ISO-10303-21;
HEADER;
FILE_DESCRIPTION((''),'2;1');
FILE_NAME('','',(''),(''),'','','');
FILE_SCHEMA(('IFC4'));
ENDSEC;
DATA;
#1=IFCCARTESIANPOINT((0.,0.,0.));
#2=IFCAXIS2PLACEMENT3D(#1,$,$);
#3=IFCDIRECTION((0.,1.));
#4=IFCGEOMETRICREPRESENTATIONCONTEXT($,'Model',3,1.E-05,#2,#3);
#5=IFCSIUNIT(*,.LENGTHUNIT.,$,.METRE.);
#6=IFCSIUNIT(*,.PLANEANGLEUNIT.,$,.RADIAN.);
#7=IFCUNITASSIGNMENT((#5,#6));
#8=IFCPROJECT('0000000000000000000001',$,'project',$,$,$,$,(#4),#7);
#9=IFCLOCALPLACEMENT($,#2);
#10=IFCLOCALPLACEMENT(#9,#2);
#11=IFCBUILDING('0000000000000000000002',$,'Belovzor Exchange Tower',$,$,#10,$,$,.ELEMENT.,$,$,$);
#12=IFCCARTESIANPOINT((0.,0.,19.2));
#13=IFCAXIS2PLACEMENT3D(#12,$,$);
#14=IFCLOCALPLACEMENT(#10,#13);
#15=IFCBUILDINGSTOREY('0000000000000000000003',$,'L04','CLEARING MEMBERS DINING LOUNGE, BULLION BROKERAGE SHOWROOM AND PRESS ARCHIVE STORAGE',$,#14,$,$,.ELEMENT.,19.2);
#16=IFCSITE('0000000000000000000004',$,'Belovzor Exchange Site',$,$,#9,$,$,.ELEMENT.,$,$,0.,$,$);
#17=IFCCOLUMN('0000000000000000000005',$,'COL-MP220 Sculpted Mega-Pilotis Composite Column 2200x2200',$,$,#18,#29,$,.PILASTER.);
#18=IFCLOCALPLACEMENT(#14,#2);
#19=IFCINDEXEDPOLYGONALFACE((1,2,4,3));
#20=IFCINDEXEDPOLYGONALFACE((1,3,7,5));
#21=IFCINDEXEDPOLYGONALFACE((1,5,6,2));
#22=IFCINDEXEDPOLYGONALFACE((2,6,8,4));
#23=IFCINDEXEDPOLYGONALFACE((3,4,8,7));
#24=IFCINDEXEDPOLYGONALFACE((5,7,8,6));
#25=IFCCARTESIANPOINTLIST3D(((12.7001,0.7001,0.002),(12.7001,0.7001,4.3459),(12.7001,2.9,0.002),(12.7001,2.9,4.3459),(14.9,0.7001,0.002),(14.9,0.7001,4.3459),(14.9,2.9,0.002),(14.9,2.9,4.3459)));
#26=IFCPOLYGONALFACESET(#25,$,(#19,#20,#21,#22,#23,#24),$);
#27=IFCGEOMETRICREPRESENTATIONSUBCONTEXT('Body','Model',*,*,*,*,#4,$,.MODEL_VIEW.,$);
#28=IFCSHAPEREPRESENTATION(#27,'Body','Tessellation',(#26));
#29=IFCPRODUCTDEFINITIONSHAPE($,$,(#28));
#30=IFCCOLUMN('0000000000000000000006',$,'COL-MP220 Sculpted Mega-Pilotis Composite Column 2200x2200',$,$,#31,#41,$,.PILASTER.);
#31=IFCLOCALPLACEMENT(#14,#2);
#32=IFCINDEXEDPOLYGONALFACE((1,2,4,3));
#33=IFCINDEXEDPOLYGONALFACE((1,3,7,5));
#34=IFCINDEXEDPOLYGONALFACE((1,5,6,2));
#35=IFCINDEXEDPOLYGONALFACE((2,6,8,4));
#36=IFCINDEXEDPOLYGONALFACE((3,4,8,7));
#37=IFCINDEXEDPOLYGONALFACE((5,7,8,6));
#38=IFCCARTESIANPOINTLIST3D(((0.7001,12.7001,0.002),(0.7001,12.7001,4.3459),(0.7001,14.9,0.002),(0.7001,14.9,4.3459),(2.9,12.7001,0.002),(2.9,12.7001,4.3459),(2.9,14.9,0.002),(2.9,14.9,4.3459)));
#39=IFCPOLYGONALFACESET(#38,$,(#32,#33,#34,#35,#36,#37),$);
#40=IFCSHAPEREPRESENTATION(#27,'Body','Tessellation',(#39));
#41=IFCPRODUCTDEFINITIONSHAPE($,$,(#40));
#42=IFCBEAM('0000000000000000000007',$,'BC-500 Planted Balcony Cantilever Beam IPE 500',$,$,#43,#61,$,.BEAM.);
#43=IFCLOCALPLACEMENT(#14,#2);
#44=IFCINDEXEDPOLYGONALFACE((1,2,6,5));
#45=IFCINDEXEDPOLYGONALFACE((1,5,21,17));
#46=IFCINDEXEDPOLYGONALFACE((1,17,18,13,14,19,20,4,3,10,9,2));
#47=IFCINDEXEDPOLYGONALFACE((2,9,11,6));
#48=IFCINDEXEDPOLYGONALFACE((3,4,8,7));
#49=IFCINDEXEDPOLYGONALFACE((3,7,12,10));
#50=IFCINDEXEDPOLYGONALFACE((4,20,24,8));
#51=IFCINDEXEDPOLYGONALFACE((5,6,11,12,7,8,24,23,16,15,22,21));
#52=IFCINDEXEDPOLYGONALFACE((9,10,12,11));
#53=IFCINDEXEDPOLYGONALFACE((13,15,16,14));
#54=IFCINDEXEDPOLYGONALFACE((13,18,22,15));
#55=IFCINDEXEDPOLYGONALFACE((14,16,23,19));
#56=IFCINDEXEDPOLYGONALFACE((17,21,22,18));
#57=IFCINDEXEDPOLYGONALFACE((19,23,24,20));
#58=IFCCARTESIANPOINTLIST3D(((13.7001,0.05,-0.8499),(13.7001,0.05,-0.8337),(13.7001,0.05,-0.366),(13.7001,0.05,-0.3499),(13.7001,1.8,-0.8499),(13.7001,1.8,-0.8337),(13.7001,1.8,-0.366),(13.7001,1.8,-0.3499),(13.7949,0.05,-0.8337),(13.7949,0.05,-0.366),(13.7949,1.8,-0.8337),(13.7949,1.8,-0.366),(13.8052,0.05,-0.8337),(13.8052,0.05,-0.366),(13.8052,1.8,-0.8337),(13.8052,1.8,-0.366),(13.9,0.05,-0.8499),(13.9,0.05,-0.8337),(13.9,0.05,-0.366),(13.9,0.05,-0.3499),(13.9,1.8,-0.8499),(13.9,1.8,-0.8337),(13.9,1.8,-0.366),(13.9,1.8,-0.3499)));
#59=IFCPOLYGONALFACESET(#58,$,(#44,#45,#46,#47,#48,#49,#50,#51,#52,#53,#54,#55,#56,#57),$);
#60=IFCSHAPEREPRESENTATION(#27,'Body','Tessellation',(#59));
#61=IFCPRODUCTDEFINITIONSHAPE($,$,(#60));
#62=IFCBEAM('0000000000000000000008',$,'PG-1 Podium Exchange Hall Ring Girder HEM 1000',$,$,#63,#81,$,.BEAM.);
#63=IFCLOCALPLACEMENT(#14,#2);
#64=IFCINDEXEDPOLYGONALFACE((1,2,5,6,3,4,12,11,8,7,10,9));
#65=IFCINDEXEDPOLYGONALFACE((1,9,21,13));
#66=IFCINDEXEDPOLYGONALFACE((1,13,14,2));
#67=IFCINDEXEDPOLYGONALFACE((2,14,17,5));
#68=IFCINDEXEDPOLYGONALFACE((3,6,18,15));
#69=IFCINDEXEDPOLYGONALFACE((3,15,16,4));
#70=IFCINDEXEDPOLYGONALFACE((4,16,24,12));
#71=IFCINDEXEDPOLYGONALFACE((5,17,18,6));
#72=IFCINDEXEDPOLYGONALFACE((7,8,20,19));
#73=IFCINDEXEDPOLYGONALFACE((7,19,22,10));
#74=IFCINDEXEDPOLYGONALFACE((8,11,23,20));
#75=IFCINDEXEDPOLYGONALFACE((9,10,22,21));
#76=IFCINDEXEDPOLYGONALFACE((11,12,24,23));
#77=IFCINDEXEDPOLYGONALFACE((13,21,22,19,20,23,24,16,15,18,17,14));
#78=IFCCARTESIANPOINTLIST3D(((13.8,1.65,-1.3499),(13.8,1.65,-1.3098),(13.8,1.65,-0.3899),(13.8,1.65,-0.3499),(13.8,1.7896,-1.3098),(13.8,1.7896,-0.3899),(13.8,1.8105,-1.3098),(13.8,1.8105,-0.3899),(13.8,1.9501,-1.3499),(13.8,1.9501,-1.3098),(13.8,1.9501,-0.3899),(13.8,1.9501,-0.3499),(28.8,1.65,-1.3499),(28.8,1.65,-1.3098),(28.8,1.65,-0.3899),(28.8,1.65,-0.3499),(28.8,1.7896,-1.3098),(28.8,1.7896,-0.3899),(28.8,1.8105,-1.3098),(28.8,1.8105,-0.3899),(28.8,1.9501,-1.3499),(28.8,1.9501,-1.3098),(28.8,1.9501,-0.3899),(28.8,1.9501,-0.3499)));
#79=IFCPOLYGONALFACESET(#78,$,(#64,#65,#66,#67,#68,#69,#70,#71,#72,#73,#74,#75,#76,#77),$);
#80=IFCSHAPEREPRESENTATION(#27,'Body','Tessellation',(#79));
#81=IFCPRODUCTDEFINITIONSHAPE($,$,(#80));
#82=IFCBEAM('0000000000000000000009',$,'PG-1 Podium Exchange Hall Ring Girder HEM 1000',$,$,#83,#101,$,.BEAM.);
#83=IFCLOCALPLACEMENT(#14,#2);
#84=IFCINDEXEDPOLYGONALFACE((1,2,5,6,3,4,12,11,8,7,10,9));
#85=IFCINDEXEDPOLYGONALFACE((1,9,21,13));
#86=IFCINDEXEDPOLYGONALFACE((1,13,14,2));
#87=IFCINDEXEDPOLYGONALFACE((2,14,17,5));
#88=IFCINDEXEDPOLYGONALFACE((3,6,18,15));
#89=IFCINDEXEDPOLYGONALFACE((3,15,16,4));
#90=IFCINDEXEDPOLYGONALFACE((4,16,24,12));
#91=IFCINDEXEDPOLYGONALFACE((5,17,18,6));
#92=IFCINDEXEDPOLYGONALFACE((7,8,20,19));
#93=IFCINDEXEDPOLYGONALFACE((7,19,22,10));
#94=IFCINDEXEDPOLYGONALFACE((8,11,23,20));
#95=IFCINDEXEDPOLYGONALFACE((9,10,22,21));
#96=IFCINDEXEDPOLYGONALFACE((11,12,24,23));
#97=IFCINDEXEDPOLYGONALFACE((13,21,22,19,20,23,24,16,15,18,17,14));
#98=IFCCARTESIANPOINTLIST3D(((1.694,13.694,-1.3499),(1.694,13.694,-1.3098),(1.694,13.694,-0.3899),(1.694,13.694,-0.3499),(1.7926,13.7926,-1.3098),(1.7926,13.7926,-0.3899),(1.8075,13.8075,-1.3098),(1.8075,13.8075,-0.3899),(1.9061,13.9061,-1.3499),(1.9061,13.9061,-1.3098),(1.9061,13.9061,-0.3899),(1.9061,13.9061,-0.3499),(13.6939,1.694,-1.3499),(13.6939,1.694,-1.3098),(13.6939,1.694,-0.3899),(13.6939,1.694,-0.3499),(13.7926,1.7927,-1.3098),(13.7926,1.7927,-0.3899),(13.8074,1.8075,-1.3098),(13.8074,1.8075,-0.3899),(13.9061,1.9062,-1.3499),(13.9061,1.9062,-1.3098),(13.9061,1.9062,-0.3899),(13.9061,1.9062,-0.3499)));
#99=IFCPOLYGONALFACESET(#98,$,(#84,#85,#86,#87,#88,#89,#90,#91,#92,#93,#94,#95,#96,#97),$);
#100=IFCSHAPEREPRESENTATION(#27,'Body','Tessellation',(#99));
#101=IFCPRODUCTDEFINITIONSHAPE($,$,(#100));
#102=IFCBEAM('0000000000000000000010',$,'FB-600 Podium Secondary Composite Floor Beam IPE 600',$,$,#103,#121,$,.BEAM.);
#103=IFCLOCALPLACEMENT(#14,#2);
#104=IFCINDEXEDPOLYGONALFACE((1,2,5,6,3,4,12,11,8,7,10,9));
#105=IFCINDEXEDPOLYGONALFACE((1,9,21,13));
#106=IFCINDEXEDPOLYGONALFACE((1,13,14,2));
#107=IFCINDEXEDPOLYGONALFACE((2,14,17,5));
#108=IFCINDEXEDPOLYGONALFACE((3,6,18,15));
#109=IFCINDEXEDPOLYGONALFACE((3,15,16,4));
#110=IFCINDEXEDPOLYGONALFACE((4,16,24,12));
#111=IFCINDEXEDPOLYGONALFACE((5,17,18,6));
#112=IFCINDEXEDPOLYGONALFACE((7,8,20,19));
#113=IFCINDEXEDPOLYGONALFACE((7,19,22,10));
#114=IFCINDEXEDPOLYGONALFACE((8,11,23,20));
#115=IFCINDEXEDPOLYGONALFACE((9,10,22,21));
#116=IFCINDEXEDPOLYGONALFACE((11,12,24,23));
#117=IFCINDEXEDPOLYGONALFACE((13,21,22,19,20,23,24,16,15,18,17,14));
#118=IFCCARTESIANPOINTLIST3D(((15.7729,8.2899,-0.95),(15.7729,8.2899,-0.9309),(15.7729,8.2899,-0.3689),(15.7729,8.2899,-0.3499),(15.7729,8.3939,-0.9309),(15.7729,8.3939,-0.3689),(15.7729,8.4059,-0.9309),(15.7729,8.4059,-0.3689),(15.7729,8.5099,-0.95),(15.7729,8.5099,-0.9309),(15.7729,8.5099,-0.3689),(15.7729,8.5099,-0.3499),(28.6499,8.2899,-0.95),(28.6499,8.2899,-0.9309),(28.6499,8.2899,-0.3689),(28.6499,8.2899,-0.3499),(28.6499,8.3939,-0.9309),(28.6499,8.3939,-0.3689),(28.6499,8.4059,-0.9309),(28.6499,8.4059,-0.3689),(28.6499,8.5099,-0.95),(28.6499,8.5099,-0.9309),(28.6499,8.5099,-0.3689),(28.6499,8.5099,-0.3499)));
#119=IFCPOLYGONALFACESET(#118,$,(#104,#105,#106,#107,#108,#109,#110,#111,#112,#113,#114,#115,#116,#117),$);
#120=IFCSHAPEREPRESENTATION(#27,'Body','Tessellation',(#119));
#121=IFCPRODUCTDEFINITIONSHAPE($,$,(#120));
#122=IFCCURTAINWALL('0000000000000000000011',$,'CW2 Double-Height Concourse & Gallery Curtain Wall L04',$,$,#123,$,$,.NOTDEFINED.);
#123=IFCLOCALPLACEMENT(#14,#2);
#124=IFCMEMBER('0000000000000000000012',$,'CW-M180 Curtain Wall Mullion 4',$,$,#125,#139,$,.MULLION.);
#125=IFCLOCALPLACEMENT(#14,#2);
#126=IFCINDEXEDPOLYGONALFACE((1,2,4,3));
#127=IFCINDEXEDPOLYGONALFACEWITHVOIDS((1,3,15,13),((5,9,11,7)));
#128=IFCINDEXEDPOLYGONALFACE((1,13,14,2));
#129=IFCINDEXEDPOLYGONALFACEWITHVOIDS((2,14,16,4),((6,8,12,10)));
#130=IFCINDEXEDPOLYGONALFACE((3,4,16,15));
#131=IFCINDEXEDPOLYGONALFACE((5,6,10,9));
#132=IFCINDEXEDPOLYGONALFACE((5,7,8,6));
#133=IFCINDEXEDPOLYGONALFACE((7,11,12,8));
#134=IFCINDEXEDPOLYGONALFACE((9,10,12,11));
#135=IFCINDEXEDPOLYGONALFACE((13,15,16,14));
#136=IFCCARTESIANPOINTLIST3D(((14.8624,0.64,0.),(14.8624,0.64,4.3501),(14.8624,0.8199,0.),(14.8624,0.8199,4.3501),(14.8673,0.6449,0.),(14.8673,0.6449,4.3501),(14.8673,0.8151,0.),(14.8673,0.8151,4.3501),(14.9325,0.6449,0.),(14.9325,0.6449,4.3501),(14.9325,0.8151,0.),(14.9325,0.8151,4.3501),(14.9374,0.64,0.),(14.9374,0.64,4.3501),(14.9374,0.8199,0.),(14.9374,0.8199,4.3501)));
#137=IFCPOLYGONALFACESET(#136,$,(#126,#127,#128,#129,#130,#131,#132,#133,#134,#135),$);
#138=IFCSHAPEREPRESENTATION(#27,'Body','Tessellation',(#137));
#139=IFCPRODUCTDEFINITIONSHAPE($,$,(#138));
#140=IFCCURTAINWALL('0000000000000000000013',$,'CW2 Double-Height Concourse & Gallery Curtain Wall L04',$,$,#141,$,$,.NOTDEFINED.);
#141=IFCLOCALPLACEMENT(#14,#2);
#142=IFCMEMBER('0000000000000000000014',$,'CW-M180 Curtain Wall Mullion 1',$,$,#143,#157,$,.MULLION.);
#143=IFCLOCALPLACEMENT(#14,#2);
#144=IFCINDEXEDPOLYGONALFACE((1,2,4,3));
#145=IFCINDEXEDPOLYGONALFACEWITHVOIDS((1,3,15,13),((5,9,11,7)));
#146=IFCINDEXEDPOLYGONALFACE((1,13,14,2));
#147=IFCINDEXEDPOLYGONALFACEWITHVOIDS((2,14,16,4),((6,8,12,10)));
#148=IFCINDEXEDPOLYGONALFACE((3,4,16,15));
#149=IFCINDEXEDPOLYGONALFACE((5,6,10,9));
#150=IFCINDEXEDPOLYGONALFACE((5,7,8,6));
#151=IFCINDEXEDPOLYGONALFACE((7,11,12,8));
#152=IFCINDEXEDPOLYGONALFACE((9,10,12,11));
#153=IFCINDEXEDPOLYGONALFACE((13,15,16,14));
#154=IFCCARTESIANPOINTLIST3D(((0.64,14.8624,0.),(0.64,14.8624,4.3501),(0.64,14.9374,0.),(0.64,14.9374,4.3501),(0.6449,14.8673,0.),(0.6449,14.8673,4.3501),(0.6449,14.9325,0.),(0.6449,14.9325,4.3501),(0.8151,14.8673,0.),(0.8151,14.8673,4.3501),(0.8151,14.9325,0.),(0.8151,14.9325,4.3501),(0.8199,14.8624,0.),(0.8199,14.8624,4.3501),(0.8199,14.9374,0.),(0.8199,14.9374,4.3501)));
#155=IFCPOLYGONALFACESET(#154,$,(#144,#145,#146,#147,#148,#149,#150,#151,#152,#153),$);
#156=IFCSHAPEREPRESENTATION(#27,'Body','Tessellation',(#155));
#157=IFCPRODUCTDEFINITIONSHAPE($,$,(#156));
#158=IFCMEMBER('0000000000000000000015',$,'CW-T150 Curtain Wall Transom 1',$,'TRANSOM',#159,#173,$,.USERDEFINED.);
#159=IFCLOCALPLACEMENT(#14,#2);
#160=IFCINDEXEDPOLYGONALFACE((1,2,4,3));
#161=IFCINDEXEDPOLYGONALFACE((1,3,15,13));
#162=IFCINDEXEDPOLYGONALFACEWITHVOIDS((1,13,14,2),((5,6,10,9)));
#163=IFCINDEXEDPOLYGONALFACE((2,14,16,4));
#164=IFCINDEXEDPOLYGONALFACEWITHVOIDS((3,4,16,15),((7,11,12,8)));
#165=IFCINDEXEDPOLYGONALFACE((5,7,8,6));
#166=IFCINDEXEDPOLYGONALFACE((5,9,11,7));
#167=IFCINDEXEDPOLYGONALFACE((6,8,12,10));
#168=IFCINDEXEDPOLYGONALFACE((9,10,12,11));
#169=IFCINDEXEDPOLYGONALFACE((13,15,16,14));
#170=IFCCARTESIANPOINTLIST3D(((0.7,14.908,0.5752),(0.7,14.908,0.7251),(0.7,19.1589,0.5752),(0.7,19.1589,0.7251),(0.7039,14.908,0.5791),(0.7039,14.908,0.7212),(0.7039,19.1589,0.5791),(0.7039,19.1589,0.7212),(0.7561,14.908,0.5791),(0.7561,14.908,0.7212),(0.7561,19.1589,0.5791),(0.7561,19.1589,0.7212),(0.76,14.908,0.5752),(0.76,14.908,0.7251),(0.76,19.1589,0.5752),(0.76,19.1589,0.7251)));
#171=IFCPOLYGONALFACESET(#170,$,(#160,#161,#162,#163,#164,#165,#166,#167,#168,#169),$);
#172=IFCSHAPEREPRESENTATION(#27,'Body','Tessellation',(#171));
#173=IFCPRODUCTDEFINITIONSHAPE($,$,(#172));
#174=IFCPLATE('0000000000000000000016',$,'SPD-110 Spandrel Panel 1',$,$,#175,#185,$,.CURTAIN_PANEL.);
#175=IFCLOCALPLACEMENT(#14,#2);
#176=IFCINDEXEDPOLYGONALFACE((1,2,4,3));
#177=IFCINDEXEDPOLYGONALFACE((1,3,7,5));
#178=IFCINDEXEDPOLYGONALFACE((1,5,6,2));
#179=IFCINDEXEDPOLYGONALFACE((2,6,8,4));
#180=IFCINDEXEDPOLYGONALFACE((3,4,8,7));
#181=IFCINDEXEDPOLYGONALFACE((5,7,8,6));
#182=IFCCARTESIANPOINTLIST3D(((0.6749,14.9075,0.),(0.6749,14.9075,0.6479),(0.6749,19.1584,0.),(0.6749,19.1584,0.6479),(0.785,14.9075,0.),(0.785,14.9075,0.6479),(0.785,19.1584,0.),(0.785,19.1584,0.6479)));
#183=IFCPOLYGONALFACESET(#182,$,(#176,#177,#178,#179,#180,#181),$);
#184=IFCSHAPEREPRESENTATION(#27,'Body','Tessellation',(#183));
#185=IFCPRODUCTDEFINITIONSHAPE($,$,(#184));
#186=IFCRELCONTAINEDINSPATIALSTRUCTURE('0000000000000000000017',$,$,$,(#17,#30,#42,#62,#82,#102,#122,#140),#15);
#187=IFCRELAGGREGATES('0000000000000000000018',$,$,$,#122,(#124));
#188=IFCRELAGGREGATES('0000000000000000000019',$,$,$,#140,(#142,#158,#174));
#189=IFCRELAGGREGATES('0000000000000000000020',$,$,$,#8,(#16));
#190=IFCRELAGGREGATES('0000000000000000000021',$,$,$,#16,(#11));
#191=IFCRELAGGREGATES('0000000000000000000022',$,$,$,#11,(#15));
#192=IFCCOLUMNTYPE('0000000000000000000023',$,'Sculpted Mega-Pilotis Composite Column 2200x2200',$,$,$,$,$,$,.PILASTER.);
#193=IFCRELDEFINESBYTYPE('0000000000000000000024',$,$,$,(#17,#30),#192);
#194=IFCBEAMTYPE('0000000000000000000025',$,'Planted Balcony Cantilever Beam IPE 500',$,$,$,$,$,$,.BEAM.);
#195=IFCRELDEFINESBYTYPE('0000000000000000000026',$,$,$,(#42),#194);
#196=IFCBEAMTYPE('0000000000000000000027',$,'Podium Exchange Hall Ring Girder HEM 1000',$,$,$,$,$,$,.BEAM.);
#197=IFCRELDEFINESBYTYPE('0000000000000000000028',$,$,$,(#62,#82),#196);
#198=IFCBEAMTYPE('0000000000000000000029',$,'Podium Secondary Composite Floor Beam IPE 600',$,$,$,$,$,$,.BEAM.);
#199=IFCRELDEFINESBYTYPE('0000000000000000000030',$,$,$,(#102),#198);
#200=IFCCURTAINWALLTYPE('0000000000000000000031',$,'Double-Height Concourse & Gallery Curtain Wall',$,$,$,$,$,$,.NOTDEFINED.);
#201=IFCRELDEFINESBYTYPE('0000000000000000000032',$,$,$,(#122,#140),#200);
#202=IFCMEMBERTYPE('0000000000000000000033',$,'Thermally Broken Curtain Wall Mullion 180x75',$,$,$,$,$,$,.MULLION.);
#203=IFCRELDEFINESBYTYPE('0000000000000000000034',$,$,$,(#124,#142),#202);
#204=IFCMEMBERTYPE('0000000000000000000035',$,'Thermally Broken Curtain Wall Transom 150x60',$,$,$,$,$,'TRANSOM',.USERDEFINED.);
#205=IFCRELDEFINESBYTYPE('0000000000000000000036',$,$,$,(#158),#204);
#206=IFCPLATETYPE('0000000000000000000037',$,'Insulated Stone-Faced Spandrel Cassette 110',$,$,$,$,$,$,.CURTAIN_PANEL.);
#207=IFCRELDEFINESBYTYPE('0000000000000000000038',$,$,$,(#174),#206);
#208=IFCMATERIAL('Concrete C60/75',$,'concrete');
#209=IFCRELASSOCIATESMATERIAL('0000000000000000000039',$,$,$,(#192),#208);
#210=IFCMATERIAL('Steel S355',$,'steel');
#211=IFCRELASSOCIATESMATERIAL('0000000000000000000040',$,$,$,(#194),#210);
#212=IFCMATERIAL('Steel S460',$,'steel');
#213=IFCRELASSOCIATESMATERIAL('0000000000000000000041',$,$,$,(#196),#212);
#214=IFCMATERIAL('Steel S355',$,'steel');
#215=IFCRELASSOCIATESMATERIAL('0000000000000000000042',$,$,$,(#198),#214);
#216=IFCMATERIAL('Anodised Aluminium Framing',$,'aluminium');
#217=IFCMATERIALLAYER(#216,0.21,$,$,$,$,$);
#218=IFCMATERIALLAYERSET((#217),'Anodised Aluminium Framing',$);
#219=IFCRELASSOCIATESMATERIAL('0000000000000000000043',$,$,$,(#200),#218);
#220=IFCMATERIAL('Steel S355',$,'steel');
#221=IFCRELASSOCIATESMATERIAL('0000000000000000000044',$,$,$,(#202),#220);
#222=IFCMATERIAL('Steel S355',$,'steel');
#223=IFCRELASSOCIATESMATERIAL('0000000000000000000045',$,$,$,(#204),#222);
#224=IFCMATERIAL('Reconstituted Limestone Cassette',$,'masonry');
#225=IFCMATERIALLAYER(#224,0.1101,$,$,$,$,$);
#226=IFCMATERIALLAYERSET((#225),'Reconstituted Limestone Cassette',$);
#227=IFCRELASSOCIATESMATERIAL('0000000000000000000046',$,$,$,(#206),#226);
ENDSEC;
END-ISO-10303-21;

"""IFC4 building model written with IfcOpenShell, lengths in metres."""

from ifc_helpers import new_model, si_unit, direction, frame, origin, origin_2d, place, context, subcontext, project, spatial, rectangle, hollow_rectangle, i_section, extrude, material, layer, layer_set, material_profile, profile_set, type_object, element, aggregate, save


model = new_model("IFC4")

# Units and contexts
model_context = context("Model", 3, precision=1e-05, world=origin(), true_north=direction((0.0, 1.0)))
body_context = subcontext(model_context, "Body", "Model", "MODEL_VIEW")
ifc_project = project(units=[si_unit("LENGTHUNIT", "METRE"), si_unit("PLANEANGLEUNIT", "RADIAN")], contexts=[model_context])

# Site, building, storey
site_placement = place(None, origin())
site = spatial("IfcSite", under=ifc_project, at=site_placement, Name="Belovzor Exchange Site", CompositionType="ELEMENT", RefElevation=0.0)
building_placement = place(site_placement, origin())
building = spatial("IfcBuilding", under=site, at=building_placement, Name="Belovzor Exchange Tower", CompositionType="ELEMENT")
storey_placement = place(building_placement, frame((0.0, 0.0, 19.2)))
storey = spatial("IfcBuildingStorey", under=building, at=storey_placement, Name="L04", Description="CLEARING MEMBERS DINING LOUNGE, BULLION BROKERAGE SHOWROOM AND PRESS ARCHIVE STORAGE", CompositionType="ELEMENT", Elevation=19.2)

# Columns
ifc_material_1 = material(Name="Concrete C60/75", Category="concrete")
ifc_material_profile_1 = material_profile(ifc_material_1, rectangle(XDim=2.2, YDim=2.2, at=origin_2d()))
ifc_profile_set_1 = profile_set([ifc_material_profile_1], Name="Concrete C60/75")
column_type = type_object("IfcColumnType", Name="Sculpted Mega-Pilotis Composite Column 2200x2200", PredefinedType="PILASTER", material=ifc_profile_set_1)
for number, where, z_axis, x_axis, name in (
    (1, (13.8, 1.8, 0.002), (0.0, 0.0, 1.0), (1.0, 0.0, 0.0), "COL-MP220 Sculpted Mega-Pilotis Composite Column 2200x2200"),
    (2, (1.8, 13.8, 0.002), (0.0, 0.0, 1.0), (1.0, 0.0, 0.0), "COL-MP220 Sculpted Mega-Pilotis Composite Column 2200x2200"),
):
    element("IfcColumn", number, at=place(storey_placement, frame(where, z_axis=z_axis, x_axis=x_axis)), inside=storey, type_object=column_type, Name=name, PredefinedType="PILASTER", context=body_context, shape_type="SweptSolid", body=[
        extrude(rectangle(XDim=2.2, YDim=2.2, at=origin_2d()), origin(), (0.0, 0.0, 1.0), 4.344),
    ])

# Beams
ifc_material_2 = material(Name="Steel S355", Category="steel")
ifc_material_profile_2 = material_profile(ifc_material_2, i_section(OverallWidth=0.2, OverallDepth=0.5, WebThickness=0.0103, FlangeThickness=0.0161, at=origin_2d()))
ifc_profile_set_2 = profile_set([ifc_material_profile_2], Name="Steel S355")
beam_type_1 = type_object("IfcBeamType", Name="Planted Balcony Cantilever Beam IPE 500", PredefinedType="BEAM", material=ifc_profile_set_2)
beam_1_placement = place(storey_placement, frame((13.8, 1.8, -0.5999), z_axis=(0.0, -1.0, 0.0), x_axis=(1.0, 0.0, 0.0)))
element("IfcBeam", 3, at=beam_1_placement, inside=storey, type_object=beam_type_1, Name="BC-500 Planted Balcony Cantilever Beam IPE 500", PredefinedType="BEAM", context=body_context, shape_type="SweptSolid", body=[
    extrude(i_section(OverallWidth=0.2, OverallDepth=0.5, WebThickness=0.0103, FlangeThickness=0.0161, at=origin_2d()), origin(), (0.0, 0.0, 1.0), 1.75),
])
ifc_material_3 = material(Name="Steel S460", Category="steel")
ifc_material_profile_3 = material_profile(ifc_material_3, i_section(OverallWidth=0.3, OverallDepth=1.0, WebThickness=0.021, FlangeThickness=0.04, at=origin_2d()))
ifc_profile_set_3 = profile_set([ifc_material_profile_3], Name="Steel S460")
beam_type_2 = type_object("IfcBeamType", Name="Podium Exchange Hall Ring Girder HEM 1000", PredefinedType="BEAM", material=ifc_profile_set_3)
beam_2_placement = place(storey_placement, frame((13.8, 1.8, -0.8499), z_axis=(1.0, 0.0, 0.0), x_axis=(0.0, 1.0, 0.0)))
element("IfcBeam", 4, at=beam_2_placement, inside=storey, type_object=beam_type_2, Name="PG-1 Podium Exchange Hall Ring Girder HEM 1000", PredefinedType="BEAM", context=body_context, shape_type="SweptSolid", body=[
    extrude(i_section(OverallWidth=0.3, OverallDepth=1.0, WebThickness=0.021, FlangeThickness=0.04, at=origin_2d()), origin(), (0.0, 0.0, 1.0), 15.0),
])
beam_3_placement = place(storey_placement, frame((1.8, 13.8, -0.8499), z_axis=(0.707107, -0.707107, 0.0), x_axis=(0.707107, 0.707107, 0.0)))
element("IfcBeam", 5, at=beam_3_placement, inside=storey, type_object=beam_type_2, Name="PG-1 Podium Exchange Hall Ring Girder HEM 1000", PredefinedType="BEAM", context=body_context, shape_type="SweptSolid", body=[
    extrude(i_section(OverallWidth=0.3, OverallDepth=1.0, WebThickness=0.021, FlangeThickness=0.04, at=origin_2d()), origin(), (0.0, 0.0, 1.0), 16.9705),
])
ifc_material_4 = material(Name="Steel S355", Category="steel")
ifc_material_profile_4 = material_profile(ifc_material_4, i_section(OverallWidth=0.22, OverallDepth=0.6001, WebThickness=0.012, FlangeThickness=0.019, at=origin_2d()))
ifc_profile_set_4 = profile_set([ifc_material_profile_4], Name="Steel S355")
beam_type_3 = type_object("IfcBeamType", Name="Podium Secondary Composite Floor Beam IPE 600", PredefinedType="BEAM", material=ifc_profile_set_4)
beam_4_placement = place(storey_placement, frame((15.7729, 8.3999, -0.6499), z_axis=(1.0, 0.0, 0.0), x_axis=(0.0, 1.0, 0.0)))
element("IfcBeam", 6, at=beam_4_placement, inside=storey, type_object=beam_type_3, Name="FB-600 Podium Secondary Composite Floor Beam IPE 600", PredefinedType="BEAM", context=body_context, shape_type="SweptSolid", body=[
    extrude(i_section(OverallWidth=0.22, OverallDepth=0.6001, WebThickness=0.012, FlangeThickness=0.019, at=origin_2d()), origin(), (0.0, 0.0, 1.0), 12.877),
])

# Curtain wall, member
ifc_material_5 = material(Name="Anodised Aluminium Framing", Category="aluminium")
ifc_layer_1 = layer(ifc_material_5, 0.21)
ifc_layer_set_1 = layer_set([ifc_layer_1], Name="Anodised Aluminium Framing")
curtain_wall_type = type_object("IfcCurtainWallType", Name="Double-Height Concourse & Gallery Curtain Wall", PredefinedType="NOTDEFINED", material=ifc_layer_set_1)
curtain_wall_1_placement = place(storey_placement, origin())
curtain_wall_1 = element("IfcCurtainWall", 7, at=curtain_wall_1_placement, inside=storey, type_object=curtain_wall_type, Name="CW2 Double-Height Concourse & Gallery Curtain Wall L04", PredefinedType="NOTDEFINED")
ifc_material_6 = material(Name="Steel S355", Category="steel")
ifc_material_profile_5 = material_profile(ifc_material_6, hollow_rectangle(XDim=0.075, YDim=0.1799, WallThickness=0.0049, at=origin_2d()))
ifc_profile_set_5 = profile_set([ifc_material_profile_5], Name="Steel S355")
member_type_1 = type_object("IfcMemberType", Name="Thermally Broken Curtain Wall Mullion 180x75", PredefinedType="MULLION", material=ifc_profile_set_5)
member_1_placement = place(storey_placement, frame((14.8999, 0.73, 0.0), z_axis=(0.0, 0.0, 1.0), x_axis=(-1.0, 0.0, 0.0)))
member_1 = element("IfcMember", 8, at=member_1_placement, type_object=member_type_1, Name="CW-M180 Curtain Wall Mullion 4", PredefinedType="MULLION", context=body_context, shape_type="SweptSolid", body=[
    extrude(hollow_rectangle(XDim=0.075, YDim=0.1799, WallThickness=0.0049, at=origin_2d()), origin(), (0.0, 0.0, 1.0), 4.3501),
])
aggregate(curtain_wall_1, [member_1])

# Curtain wall, members, plate
curtain_wall_2_placement = place(storey_placement, origin())
curtain_wall_2 = element("IfcCurtainWall", 9, at=curtain_wall_2_placement, inside=storey, type_object=curtain_wall_type, Name="CW2 Double-Height Concourse & Gallery Curtain Wall L04", PredefinedType="NOTDEFINED")
member_2_placement = place(storey_placement, frame((0.73, 14.8999, 0.0), z_axis=(0.0, 0.0, 1.0), x_axis=(0.0, 1.0, 0.0)))
member_2 = element("IfcMember", 10, at=member_2_placement, type_object=member_type_1, Name="CW-M180 Curtain Wall Mullion 1", PredefinedType="MULLION", context=body_context, shape_type="SweptSolid", body=[
    extrude(hollow_rectangle(XDim=0.075, YDim=0.1799, WallThickness=0.0049, at=origin_2d()), origin(), (0.0, 0.0, 1.0), 4.3501),
])
ifc_material_7 = material(Name="Steel S355", Category="steel")
ifc_material_profile_6 = material_profile(ifc_material_7, hollow_rectangle(XDim=0.0601, YDim=0.1499, WallThickness=0.0039, at=origin_2d()))
ifc_profile_set_6 = profile_set([ifc_material_profile_6], Name="Steel S355")
member_type_2 = type_object("IfcMemberType", Name="Thermally Broken Curtain Wall Transom 150x60", ElementType="TRANSOM", PredefinedType="USERDEFINED", material=ifc_profile_set_6)
member_3_placement = place(storey_placement, frame((0.73, 14.908, 0.6501), z_axis=(0.0, 1.0, 0.0), x_axis=(-1.0, 0.0, 0.0)))
member_3 = element("IfcMember", 11, at=member_3_placement, type_object=member_type_2, Name="CW-T150 Curtain Wall Transom 1", ObjectType="TRANSOM", PredefinedType="USERDEFINED", context=body_context, shape_type="SweptSolid", body=[
    extrude(hollow_rectangle(XDim=0.0601, YDim=0.1499, WallThickness=0.0039, at=origin_2d()), origin(), (0.0, 0.0, 1.0), 4.251),
])
ifc_material_8 = material(Name="Reconstituted Limestone Cassette", Category="masonry")
ifc_layer_2 = layer(ifc_material_8, 0.1101)
ifc_layer_set_2 = layer_set([ifc_layer_2], Name="Reconstituted Limestone Cassette")
plate_type_1 = type_object("IfcPlateType", Name="Insulated Stone-Faced Spandrel Cassette 110", PredefinedType="CURTAIN_PANEL", material=ifc_layer_set_2)
plate_1_placement = place(storey_placement, frame((0.73, 17.033, 0.0), z_axis=(0.0, 0.0, 1.0), x_axis=(0.0, 1.0, 0.0)))
plate_1 = element("IfcPlate", 12, at=plate_1_placement, type_object=plate_type_1, Name="SPD-110 Spandrel Panel 1", PredefinedType="CURTAIN_PANEL", context=body_context, shape_type="SweptSolid", body=[
    extrude(rectangle(XDim=4.251, YDim=0.1101, at=origin_2d()), origin(), (0.0, 0.0, 1.0), 0.6479),
])

aggregate(curtain_wall_2, [member_2, member_3, plate_1])

save(model, "model.ifc")
